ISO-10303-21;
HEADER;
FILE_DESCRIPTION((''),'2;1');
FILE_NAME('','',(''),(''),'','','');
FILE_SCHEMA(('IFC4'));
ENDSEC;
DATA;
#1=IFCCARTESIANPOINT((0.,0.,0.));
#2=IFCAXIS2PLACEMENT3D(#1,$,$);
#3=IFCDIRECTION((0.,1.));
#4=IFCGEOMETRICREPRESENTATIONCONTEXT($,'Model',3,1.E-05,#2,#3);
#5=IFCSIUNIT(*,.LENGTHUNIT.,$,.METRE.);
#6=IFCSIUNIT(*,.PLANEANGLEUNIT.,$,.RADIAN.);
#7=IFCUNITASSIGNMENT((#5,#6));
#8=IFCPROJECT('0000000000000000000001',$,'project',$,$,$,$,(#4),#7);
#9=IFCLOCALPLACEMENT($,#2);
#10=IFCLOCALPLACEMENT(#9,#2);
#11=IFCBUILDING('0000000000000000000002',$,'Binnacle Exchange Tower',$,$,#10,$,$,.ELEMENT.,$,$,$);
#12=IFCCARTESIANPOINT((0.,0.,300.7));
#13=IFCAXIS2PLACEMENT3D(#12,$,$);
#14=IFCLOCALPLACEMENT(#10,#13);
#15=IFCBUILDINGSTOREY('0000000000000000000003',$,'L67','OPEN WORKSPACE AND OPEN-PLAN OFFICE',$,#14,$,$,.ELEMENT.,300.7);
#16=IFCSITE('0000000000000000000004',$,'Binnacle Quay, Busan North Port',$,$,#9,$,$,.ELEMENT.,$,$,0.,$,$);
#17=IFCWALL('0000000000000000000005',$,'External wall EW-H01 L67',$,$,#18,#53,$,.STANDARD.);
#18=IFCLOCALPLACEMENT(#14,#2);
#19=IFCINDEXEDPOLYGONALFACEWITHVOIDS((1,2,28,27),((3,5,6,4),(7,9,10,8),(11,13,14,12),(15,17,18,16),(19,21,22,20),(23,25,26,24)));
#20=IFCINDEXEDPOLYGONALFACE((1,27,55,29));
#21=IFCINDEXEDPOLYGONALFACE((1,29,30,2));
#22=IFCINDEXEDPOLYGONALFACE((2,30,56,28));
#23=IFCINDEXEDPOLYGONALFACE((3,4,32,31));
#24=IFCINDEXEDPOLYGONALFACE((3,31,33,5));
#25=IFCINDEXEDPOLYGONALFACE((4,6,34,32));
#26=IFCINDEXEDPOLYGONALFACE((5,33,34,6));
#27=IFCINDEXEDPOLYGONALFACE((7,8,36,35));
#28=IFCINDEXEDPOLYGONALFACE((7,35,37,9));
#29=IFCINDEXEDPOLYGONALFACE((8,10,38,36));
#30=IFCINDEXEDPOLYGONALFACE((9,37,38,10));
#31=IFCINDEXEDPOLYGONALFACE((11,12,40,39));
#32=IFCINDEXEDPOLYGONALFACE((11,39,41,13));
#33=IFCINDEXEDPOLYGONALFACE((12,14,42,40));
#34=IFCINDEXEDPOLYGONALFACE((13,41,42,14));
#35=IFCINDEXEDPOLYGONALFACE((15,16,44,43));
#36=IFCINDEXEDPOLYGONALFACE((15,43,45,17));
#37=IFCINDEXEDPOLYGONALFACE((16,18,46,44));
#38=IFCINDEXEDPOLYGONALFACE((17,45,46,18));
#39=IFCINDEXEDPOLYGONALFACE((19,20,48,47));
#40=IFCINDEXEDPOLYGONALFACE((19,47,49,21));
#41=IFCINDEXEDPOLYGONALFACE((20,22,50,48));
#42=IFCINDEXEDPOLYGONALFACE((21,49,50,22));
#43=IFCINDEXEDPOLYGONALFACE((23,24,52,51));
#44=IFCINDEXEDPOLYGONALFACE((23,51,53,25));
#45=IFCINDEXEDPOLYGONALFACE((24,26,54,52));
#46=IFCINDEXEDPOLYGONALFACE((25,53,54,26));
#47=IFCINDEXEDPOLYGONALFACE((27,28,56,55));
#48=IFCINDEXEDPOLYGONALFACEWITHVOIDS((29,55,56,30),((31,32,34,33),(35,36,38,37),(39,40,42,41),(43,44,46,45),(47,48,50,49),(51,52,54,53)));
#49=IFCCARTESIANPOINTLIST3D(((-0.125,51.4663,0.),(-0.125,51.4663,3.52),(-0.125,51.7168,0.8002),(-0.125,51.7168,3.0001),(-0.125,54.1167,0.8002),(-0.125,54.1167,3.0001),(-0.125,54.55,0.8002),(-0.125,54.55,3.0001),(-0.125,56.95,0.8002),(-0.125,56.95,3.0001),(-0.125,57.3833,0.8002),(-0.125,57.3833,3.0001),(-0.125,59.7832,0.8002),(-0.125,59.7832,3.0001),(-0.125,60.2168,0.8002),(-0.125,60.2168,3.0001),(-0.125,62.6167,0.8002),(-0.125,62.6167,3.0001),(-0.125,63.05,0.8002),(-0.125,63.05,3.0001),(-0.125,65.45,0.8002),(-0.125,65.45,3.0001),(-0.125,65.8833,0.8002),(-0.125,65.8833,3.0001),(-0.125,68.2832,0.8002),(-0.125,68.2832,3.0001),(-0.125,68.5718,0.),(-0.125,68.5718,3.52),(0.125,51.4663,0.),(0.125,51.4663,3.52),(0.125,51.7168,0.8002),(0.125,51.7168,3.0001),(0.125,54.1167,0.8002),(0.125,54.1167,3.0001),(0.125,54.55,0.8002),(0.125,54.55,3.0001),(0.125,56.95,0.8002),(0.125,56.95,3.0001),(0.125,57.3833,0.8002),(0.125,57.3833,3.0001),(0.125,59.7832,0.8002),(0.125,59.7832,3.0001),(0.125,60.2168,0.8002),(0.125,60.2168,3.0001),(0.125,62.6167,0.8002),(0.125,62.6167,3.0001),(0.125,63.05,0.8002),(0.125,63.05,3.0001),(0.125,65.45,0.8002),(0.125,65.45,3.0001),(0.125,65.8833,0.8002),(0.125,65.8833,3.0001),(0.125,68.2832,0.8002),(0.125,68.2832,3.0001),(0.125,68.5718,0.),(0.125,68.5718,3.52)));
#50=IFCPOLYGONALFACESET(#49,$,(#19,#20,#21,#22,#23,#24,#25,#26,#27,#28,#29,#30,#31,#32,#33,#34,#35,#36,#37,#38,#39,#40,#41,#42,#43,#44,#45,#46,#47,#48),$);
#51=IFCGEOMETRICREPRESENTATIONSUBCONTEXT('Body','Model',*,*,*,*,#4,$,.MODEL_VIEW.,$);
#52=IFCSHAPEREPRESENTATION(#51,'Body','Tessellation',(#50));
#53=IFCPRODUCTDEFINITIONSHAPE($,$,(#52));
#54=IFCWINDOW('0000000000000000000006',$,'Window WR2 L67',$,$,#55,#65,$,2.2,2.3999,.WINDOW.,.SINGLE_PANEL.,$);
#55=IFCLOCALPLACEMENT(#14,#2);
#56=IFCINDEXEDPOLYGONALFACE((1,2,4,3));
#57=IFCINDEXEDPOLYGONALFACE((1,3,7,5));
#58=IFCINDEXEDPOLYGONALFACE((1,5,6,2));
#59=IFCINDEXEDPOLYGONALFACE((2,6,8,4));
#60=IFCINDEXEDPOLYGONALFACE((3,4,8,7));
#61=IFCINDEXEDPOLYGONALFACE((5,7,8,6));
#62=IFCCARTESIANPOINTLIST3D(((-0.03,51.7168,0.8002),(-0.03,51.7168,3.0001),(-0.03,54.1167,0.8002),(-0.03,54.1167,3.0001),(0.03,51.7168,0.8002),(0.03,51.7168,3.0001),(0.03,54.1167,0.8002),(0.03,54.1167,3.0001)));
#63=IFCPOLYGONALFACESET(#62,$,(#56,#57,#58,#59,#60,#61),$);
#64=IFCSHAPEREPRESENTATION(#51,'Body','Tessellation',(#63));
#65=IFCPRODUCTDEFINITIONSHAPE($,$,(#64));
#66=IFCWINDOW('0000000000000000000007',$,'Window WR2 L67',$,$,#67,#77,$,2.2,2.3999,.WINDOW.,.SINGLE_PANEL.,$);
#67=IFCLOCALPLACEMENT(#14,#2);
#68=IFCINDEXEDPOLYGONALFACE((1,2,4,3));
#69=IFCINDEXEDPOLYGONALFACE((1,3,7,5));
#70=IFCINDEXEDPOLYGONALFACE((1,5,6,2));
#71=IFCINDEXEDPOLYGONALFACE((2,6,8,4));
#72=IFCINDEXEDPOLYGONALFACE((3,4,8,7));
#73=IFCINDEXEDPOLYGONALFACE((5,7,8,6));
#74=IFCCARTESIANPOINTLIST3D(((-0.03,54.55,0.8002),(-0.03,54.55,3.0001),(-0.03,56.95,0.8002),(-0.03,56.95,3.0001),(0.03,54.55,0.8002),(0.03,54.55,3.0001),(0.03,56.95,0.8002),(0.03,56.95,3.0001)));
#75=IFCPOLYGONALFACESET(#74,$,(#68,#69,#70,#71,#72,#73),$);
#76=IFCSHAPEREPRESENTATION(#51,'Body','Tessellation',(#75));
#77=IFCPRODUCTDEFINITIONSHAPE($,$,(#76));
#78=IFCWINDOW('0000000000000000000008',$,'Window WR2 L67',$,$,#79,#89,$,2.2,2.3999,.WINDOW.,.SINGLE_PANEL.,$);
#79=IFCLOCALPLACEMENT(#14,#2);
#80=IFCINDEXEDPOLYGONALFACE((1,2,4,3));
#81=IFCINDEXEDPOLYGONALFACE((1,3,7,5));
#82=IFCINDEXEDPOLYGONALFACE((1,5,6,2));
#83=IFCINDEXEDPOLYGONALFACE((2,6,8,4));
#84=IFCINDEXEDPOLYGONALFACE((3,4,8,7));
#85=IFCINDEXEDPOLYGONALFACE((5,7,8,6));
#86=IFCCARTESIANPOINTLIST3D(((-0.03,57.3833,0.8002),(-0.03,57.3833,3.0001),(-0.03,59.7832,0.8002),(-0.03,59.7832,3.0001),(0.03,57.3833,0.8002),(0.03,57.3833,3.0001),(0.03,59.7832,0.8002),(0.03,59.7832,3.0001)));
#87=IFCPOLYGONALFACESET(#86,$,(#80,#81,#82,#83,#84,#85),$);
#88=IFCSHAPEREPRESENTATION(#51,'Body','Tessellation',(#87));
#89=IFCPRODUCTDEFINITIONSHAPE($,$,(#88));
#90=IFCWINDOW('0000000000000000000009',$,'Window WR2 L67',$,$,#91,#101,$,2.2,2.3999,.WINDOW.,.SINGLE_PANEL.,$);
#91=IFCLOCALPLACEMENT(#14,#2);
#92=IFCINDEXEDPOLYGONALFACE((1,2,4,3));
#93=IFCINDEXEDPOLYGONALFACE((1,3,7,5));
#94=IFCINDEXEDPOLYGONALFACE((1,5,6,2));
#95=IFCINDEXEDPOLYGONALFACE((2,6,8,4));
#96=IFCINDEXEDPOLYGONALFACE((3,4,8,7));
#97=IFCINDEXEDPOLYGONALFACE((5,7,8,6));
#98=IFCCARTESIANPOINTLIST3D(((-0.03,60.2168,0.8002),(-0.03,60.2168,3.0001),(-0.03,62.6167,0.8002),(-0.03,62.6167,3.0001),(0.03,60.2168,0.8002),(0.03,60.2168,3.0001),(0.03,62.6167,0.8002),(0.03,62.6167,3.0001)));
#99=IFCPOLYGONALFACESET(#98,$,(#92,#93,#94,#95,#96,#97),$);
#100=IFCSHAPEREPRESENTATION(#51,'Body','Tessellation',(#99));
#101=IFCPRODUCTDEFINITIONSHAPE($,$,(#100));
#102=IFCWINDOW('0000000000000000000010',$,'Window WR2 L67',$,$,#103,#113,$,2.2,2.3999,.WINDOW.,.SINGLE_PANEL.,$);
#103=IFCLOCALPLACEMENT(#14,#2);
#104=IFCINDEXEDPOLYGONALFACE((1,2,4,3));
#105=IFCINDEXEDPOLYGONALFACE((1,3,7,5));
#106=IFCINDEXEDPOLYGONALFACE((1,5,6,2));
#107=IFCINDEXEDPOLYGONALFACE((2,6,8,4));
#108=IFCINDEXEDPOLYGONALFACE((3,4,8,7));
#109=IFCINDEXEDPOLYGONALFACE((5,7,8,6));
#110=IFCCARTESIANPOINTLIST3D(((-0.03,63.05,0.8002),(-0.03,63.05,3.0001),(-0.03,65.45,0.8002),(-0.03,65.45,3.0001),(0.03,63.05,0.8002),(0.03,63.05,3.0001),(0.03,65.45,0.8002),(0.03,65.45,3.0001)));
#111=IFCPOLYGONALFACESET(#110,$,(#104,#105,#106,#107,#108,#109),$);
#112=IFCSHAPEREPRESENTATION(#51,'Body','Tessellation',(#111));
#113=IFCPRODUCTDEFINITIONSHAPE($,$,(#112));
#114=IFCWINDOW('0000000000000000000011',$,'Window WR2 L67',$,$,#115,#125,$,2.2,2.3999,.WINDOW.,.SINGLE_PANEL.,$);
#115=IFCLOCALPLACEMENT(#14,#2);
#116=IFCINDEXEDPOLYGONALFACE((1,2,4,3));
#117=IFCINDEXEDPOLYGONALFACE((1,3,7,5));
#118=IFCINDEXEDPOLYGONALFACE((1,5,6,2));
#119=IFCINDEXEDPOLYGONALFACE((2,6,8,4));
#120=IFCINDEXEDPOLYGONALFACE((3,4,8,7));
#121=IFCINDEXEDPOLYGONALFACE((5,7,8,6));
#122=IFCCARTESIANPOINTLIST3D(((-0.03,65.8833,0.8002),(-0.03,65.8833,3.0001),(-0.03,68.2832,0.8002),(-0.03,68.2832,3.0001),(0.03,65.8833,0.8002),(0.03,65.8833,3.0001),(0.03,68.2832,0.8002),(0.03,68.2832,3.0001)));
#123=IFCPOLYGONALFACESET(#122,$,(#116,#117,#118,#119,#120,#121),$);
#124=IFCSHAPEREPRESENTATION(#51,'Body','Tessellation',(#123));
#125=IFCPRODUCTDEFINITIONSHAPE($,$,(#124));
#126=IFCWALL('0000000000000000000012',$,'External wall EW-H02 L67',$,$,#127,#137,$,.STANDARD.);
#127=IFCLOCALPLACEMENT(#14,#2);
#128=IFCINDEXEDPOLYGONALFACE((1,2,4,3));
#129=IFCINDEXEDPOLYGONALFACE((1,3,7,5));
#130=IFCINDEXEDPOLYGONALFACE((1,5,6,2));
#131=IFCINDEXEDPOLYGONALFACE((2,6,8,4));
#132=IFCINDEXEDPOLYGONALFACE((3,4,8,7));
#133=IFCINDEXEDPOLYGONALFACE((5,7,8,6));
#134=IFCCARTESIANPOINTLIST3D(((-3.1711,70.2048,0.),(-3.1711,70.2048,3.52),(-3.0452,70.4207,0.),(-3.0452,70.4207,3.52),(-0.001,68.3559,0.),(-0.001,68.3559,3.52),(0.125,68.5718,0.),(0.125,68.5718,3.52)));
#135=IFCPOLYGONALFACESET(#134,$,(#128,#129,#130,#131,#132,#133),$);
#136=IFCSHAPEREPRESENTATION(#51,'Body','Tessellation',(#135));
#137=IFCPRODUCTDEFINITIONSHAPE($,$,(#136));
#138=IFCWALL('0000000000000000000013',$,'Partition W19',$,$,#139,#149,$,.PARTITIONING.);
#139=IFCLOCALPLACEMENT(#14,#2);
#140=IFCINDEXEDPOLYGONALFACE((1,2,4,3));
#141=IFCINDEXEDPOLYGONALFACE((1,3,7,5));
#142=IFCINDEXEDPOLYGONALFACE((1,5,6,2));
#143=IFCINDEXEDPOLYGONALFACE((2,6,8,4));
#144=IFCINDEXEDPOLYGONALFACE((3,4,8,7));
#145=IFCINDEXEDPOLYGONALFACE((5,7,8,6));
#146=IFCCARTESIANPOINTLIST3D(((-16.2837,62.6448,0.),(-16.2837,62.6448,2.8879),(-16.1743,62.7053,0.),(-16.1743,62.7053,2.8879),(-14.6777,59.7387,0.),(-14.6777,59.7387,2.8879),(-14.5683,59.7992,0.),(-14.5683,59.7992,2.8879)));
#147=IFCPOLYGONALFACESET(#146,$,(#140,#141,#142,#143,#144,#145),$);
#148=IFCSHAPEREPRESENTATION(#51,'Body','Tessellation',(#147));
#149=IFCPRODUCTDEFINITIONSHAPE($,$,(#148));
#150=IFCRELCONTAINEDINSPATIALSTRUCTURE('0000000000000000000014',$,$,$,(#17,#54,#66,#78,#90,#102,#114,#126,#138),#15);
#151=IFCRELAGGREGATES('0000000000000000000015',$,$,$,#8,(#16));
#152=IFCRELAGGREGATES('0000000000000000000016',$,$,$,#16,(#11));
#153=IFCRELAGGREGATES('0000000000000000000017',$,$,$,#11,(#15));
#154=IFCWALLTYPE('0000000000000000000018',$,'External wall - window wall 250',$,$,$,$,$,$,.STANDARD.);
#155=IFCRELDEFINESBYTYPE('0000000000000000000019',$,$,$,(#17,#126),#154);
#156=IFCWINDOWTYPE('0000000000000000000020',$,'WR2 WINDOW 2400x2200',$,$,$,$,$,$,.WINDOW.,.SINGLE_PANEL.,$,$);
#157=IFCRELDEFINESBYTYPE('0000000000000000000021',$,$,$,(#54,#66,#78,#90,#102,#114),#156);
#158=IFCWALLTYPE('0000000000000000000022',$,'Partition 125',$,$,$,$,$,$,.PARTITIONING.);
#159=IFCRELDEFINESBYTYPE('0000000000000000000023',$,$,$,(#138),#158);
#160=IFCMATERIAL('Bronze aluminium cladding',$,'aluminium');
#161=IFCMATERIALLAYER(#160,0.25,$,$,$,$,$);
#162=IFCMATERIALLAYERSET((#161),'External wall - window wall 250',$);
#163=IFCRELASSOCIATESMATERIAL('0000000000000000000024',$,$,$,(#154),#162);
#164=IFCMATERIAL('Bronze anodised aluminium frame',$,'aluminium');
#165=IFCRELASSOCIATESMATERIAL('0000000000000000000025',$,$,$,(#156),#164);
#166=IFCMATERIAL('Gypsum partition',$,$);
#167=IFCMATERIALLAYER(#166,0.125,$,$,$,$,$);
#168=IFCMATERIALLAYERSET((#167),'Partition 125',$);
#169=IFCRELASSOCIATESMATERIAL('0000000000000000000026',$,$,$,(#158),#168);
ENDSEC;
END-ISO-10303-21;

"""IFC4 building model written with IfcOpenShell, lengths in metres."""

from ifc_helpers import new_model, si_unit, direction, frame, frame_2d, origin, place, context, subcontext, project, spatial, rectangle, extrude, material, layer, layer_set, type_object, element, fill, save


model = new_model("IFC4")

# Units and contexts
model_context = context("Model", 3, precision=1e-05, world=origin(), true_north=direction((0.0, 1.0)))
body_context = subcontext(model_context, "Body", "Model", "MODEL_VIEW")
ifc_project = project(units=[si_unit("LENGTHUNIT", "METRE"), si_unit("PLANEANGLEUNIT", "RADIAN")], contexts=[model_context])

# Site, building, storey
site_placement = place(None, origin())
site = spatial("IfcSite", under=ifc_project, at=site_placement, Name="Binnacle Quay, Busan North Port", CompositionType="ELEMENT", RefElevation=0.0)
building_placement = place(site_placement, origin())
building = spatial("IfcBuilding", under=site, at=building_placement, Name="Binnacle Exchange Tower", CompositionType="ELEMENT")
storey_placement = place(building_placement, frame((0.0, 0.0, 300.7)))
storey = spatial("IfcBuildingStorey", under=building, at=storey_placement, Name="L67", Description="OPEN WORKSPACE AND OPEN-PLAN OFFICE", CompositionType="ELEMENT", Elevation=300.7)

# Shared definitions
ifc_material_1 = material(Name="Bronze aluminium cladding", Category="aluminium")
ifc_layer_1 = layer(ifc_material_1, 0.25)
ifc_layer_set_1 = layer_set([ifc_layer_1], Name="External wall - window wall 250")
wall_type_1 = type_object("IfcWallType", Name="External wall - window wall 250", PredefinedType="STANDARD", material=ifc_layer_set_1)

# Wall, openings, windows
wall_1_placement = place(storey_placement, frame((0.0, 68.5718, 0.0), z_axis=(0.0, 0.0, 1.0), x_axis=(0.0, -1.0, 0.0)))
wall_1 = element("IfcWall", 1, at=wall_1_placement, inside=storey, type_object=wall_type_1, Name="External wall EW-H01 L67", PredefinedType="STANDARD", context=body_context, shape_type="SweptSolid", body=[
    extrude(rectangle(XDim=17.1055, YDim=0.25, at=frame_2d((8.5527, 0.0))), origin(), (0.0, 0.0, 1.0), 3.52),
])
opening_1_placement = place(wall_1_placement, frame((14.4551, 0.0, 0.8)))
opening_1 = element("IfcOpeningElement", 2, at=opening_1_placement, cuts=wall_1, PredefinedType="OPENING", context=body_context, shape_type="SweptSolid", body=[
    extrude(rectangle(XDim=2.3999, YDim=2.2, at=frame_2d((1.2, 1.1001))), frame((0.0, 0.135, 0.0), z_axis=(0.0, -1.0, 0.0), x_axis=(1.0, 0.0, 0.0)), (0.0, 0.0, 1.0), 0.27),
])
opening_2_placement = place(wall_1_placement, frame((11.6218, 0.0, 0.8)))
opening_2 = element("IfcOpeningElement", 3, at=opening_2_placement, cuts=wall_1, PredefinedType="OPENING", context=body_context, shape_type="SweptSolid", body=[
    extrude(rectangle(XDim=2.3999, YDim=2.2, at=frame_2d((1.2, 1.1001))), frame((0.0, 0.135, 0.0), z_axis=(0.0, -1.0, 0.0), x_axis=(1.0, 0.0, 0.0)), (0.0, 0.0, 1.0), 0.27),
])
opening_3_placement = place(wall_1_placement, frame((8.7886, 0.0, 0.8)))
opening_3 = element("IfcOpeningElement", 4, at=opening_3_placement, cuts=wall_1, PredefinedType="OPENING", context=body_context, shape_type="SweptSolid", body=[
    extrude(rectangle(XDim=2.3999, YDim=2.2, at=frame_2d((1.2, 1.1001))), frame((0.0, 0.135, 0.0), z_axis=(0.0, -1.0, 0.0), x_axis=(1.0, 0.0, 0.0)), (0.0, 0.0, 1.0), 0.27),
])
opening_4_placement = place(wall_1_placement, frame((5.9551, 0.0, 0.8)))
opening_4 = element("IfcOpeningElement", 5, at=opening_4_placement, cuts=wall_1, PredefinedType="OPENING", context=body_context, shape_type="SweptSolid", body=[
    extrude(rectangle(XDim=2.3999, YDim=2.2, at=frame_2d((1.2, 1.1001))), frame((0.0, 0.135, 0.0), z_axis=(0.0, -1.0, 0.0), x_axis=(1.0, 0.0, 0.0)), (0.0, 0.0, 1.0), 0.27),
])
opening_5_placement = place(wall_1_placement, frame((3.1218, 0.0, 0.8)))
opening_5 = element("IfcOpeningElement", 6, at=opening_5_placement, cuts=wall_1, PredefinedType="OPENING", context=body_context, shape_type="SweptSolid", body=[
    extrude(rectangle(XDim=2.3999, YDim=2.2, at=frame_2d((1.2, 1.1001))), frame((0.0, 0.135, 0.0), z_axis=(0.0, -1.0, 0.0), x_axis=(1.0, 0.0, 0.0)), (0.0, 0.0, 1.0), 0.27),
])
opening_6_placement = place(wall_1_placement, frame((0.2886, 0.0, 0.8)))
opening_6 = element("IfcOpeningElement", 7, at=opening_6_placement, cuts=wall_1, PredefinedType="OPENING", context=body_context, shape_type="SweptSolid", body=[
    extrude(rectangle(XDim=2.3999, YDim=2.2, at=frame_2d((1.2, 1.1001))), frame((0.0, 0.135, 0.0), z_axis=(0.0, -1.0, 0.0), x_axis=(1.0, 0.0, 0.0)), (0.0, 0.0, 1.0), 0.27),
])
ifc_material_2 = material(Name="Bronze anodised aluminium frame", Category="aluminium")
window_type = type_object("IfcWindowType", Name="WR2 WINDOW 2400x2200", PartitioningType="SINGLE_PANEL", PredefinedType="WINDOW", material=ifc_material_2)
window_1_placement = place(opening_1_placement, origin())
window_1 = element("IfcWindow", 8, at=window_1_placement, inside=storey, type_object=window_type, Name="Window WR2 L67", OverallHeight=2.2, OverallWidth=2.3999, PartitioningType="SINGLE_PANEL", PredefinedType="WINDOW", context=body_context, shape_type="SweptSolid", body=[
    extrude(rectangle(XDim=2.3999, YDim=2.2, at=frame_2d((1.2, 1.1001))), frame((0.0, 0.03, 0.0), z_axis=(0.0, -1.0, 0.0), x_axis=(1.0, 0.0, 0.0)), (0.0, 0.0, 1.0), 0.0601),
])
fill(opening_1, window_1)
window_2_placement = place(opening_2_placement, origin())
window_2 = element("IfcWindow", 9, at=window_2_placement, inside=storey, type_object=window_type, Name="Window WR2 L67", OverallHeight=2.2, OverallWidth=2.3999, PartitioningType="SINGLE_PANEL", PredefinedType="WINDOW", context=body_context, shape_type="SweptSolid", body=[
    extrude(rectangle(XDim=2.3999, YDim=2.2, at=frame_2d((1.2, 1.1001))), frame((0.0, 0.03, 0.0), z_axis=(0.0, -1.0, 0.0), x_axis=(1.0, 0.0, 0.0)), (0.0, 0.0, 1.0), 0.0601),
])
fill(opening_2, window_2)
window_3_placement = place(opening_3_placement, origin())
window_3 = element("IfcWindow", 10, at=window_3_placement, inside=storey, type_object=window_type, Name="Window WR2 L67", OverallHeight=2.2, OverallWidth=2.3999, PartitioningType="SINGLE_PANEL", PredefinedType="WINDOW", context=body_context, shape_type="SweptSolid", body=[
    extrude(rectangle(XDim=2.3999, YDim=2.2, at=frame_2d((1.2, 1.1001))), frame((0.0, 0.03, 0.0), z_axis=(0.0, -1.0, 0.0), x_axis=(1.0, 0.0, 0.0)), (0.0, 0.0, 1.0), 0.0601),
])
fill(opening_3, window_3)
window_4_placement = place(opening_4_placement, origin())
window_4 = element("IfcWindow", 11, at=window_4_placement, inside=storey, type_object=window_type, Name="Window WR2 L67", OverallHeight=2.2, OverallWidth=2.3999, PartitioningType="SINGLE_PANEL", PredefinedType="WINDOW", context=body_context, shape_type="SweptSolid", body=[
    extrude(rectangle(XDim=2.3999, YDim=2.2, at=frame_2d((1.2, 1.1001))), frame((0.0, 0.03, 0.0), z_axis=(0.0, -1.0, 0.0), x_axis=(1.0, 0.0, 0.0)), (0.0, 0.0, 1.0), 0.0601),
])
fill(opening_4, window_4)
window_5_placement = place(opening_5_placement, origin())
window_5 = element("IfcWindow", 12, at=window_5_placement, inside=storey, type_object=window_type, Name="Window WR2 L67", OverallHeight=2.2, OverallWidth=2.3999, PartitioningType="SINGLE_PANEL", PredefinedType="WINDOW", context=body_context, shape_type="SweptSolid", body=[
    extrude(rectangle(XDim=2.3999, YDim=2.2, at=frame_2d((1.2, 1.1001))), frame((0.0, 0.03, 0.0), z_axis=(0.0, -1.0, 0.0), x_axis=(1.0, 0.0, 0.0)), (0.0, 0.0, 1.0), 0.0601),
])
fill(opening_5, window_5)
window_6_placement = place(opening_6_placement, origin())
window_6 = element("IfcWindow", 13, at=window_6_placement, inside=storey, type_object=window_type, Name="Window WR2 L67", OverallHeight=2.2, OverallWidth=2.3999, PartitioningType="SINGLE_PANEL", PredefinedType="WINDOW", context=body_context, shape_type="SweptSolid", body=[
    extrude(rectangle(XDim=2.3999, YDim=2.2, at=frame_2d((1.2, 1.1001))), frame((0.0, 0.03, 0.0), z_axis=(0.0, -1.0, 0.0), x_axis=(1.0, 0.0, 0.0)), (0.0, 0.0, 1.0), 0.0601),
])
fill(opening_6, window_6)

# Walls
wall_2_placement = place(storey_placement, frame((-3.1082, 70.3127, 0.0), z_axis=(0.0, 0.0, 1.0), x_axis=(0.863825, -0.503792, 0.0)))
element("IfcWall", 14, at=wall_2_placement, inside=storey, type_object=wall_type_1, Name="External wall EW-H02 L67", PredefinedType="STANDARD", context=body_context, shape_type="SweptSolid", body=[
    extrude(rectangle(XDim=3.6699, YDim=0.25, at=frame_2d((1.835, 0.0))), origin(), (0.0, 0.0, 1.0), 3.52),
])
ifc_material_3 = material(Name="Gypsum partition")
ifc_layer_2 = layer(ifc_material_3, 0.125)
ifc_layer_set_2 = layer_set([ifc_layer_2], Name="Partition 125")
wall_type_2 = type_object("IfcWallType", Name="Partition 125", PredefinedType="PARTITIONING", material=ifc_layer_set_2)
wall_3_placement = place(storey_placement, frame((-16.229, 62.675, 0.0), z_axis=(0.0, 0.0, 1.0), x_axis=(0.483688, -0.875241, 0.0)))
element("IfcWall", 15, at=wall_3_placement, inside=storey, type_object=wall_type_2, Name="Partition W19", PredefinedType="PARTITIONING", context=body_context, shape_type="SweptSolid", body=[
    extrude(rectangle(XDim=3.3203, YDim=0.125, at=frame_2d((1.6602, 0.0))), origin(), (0.0, 0.0, 1.0), 2.8879),
])

save(model, "model.ifc")
